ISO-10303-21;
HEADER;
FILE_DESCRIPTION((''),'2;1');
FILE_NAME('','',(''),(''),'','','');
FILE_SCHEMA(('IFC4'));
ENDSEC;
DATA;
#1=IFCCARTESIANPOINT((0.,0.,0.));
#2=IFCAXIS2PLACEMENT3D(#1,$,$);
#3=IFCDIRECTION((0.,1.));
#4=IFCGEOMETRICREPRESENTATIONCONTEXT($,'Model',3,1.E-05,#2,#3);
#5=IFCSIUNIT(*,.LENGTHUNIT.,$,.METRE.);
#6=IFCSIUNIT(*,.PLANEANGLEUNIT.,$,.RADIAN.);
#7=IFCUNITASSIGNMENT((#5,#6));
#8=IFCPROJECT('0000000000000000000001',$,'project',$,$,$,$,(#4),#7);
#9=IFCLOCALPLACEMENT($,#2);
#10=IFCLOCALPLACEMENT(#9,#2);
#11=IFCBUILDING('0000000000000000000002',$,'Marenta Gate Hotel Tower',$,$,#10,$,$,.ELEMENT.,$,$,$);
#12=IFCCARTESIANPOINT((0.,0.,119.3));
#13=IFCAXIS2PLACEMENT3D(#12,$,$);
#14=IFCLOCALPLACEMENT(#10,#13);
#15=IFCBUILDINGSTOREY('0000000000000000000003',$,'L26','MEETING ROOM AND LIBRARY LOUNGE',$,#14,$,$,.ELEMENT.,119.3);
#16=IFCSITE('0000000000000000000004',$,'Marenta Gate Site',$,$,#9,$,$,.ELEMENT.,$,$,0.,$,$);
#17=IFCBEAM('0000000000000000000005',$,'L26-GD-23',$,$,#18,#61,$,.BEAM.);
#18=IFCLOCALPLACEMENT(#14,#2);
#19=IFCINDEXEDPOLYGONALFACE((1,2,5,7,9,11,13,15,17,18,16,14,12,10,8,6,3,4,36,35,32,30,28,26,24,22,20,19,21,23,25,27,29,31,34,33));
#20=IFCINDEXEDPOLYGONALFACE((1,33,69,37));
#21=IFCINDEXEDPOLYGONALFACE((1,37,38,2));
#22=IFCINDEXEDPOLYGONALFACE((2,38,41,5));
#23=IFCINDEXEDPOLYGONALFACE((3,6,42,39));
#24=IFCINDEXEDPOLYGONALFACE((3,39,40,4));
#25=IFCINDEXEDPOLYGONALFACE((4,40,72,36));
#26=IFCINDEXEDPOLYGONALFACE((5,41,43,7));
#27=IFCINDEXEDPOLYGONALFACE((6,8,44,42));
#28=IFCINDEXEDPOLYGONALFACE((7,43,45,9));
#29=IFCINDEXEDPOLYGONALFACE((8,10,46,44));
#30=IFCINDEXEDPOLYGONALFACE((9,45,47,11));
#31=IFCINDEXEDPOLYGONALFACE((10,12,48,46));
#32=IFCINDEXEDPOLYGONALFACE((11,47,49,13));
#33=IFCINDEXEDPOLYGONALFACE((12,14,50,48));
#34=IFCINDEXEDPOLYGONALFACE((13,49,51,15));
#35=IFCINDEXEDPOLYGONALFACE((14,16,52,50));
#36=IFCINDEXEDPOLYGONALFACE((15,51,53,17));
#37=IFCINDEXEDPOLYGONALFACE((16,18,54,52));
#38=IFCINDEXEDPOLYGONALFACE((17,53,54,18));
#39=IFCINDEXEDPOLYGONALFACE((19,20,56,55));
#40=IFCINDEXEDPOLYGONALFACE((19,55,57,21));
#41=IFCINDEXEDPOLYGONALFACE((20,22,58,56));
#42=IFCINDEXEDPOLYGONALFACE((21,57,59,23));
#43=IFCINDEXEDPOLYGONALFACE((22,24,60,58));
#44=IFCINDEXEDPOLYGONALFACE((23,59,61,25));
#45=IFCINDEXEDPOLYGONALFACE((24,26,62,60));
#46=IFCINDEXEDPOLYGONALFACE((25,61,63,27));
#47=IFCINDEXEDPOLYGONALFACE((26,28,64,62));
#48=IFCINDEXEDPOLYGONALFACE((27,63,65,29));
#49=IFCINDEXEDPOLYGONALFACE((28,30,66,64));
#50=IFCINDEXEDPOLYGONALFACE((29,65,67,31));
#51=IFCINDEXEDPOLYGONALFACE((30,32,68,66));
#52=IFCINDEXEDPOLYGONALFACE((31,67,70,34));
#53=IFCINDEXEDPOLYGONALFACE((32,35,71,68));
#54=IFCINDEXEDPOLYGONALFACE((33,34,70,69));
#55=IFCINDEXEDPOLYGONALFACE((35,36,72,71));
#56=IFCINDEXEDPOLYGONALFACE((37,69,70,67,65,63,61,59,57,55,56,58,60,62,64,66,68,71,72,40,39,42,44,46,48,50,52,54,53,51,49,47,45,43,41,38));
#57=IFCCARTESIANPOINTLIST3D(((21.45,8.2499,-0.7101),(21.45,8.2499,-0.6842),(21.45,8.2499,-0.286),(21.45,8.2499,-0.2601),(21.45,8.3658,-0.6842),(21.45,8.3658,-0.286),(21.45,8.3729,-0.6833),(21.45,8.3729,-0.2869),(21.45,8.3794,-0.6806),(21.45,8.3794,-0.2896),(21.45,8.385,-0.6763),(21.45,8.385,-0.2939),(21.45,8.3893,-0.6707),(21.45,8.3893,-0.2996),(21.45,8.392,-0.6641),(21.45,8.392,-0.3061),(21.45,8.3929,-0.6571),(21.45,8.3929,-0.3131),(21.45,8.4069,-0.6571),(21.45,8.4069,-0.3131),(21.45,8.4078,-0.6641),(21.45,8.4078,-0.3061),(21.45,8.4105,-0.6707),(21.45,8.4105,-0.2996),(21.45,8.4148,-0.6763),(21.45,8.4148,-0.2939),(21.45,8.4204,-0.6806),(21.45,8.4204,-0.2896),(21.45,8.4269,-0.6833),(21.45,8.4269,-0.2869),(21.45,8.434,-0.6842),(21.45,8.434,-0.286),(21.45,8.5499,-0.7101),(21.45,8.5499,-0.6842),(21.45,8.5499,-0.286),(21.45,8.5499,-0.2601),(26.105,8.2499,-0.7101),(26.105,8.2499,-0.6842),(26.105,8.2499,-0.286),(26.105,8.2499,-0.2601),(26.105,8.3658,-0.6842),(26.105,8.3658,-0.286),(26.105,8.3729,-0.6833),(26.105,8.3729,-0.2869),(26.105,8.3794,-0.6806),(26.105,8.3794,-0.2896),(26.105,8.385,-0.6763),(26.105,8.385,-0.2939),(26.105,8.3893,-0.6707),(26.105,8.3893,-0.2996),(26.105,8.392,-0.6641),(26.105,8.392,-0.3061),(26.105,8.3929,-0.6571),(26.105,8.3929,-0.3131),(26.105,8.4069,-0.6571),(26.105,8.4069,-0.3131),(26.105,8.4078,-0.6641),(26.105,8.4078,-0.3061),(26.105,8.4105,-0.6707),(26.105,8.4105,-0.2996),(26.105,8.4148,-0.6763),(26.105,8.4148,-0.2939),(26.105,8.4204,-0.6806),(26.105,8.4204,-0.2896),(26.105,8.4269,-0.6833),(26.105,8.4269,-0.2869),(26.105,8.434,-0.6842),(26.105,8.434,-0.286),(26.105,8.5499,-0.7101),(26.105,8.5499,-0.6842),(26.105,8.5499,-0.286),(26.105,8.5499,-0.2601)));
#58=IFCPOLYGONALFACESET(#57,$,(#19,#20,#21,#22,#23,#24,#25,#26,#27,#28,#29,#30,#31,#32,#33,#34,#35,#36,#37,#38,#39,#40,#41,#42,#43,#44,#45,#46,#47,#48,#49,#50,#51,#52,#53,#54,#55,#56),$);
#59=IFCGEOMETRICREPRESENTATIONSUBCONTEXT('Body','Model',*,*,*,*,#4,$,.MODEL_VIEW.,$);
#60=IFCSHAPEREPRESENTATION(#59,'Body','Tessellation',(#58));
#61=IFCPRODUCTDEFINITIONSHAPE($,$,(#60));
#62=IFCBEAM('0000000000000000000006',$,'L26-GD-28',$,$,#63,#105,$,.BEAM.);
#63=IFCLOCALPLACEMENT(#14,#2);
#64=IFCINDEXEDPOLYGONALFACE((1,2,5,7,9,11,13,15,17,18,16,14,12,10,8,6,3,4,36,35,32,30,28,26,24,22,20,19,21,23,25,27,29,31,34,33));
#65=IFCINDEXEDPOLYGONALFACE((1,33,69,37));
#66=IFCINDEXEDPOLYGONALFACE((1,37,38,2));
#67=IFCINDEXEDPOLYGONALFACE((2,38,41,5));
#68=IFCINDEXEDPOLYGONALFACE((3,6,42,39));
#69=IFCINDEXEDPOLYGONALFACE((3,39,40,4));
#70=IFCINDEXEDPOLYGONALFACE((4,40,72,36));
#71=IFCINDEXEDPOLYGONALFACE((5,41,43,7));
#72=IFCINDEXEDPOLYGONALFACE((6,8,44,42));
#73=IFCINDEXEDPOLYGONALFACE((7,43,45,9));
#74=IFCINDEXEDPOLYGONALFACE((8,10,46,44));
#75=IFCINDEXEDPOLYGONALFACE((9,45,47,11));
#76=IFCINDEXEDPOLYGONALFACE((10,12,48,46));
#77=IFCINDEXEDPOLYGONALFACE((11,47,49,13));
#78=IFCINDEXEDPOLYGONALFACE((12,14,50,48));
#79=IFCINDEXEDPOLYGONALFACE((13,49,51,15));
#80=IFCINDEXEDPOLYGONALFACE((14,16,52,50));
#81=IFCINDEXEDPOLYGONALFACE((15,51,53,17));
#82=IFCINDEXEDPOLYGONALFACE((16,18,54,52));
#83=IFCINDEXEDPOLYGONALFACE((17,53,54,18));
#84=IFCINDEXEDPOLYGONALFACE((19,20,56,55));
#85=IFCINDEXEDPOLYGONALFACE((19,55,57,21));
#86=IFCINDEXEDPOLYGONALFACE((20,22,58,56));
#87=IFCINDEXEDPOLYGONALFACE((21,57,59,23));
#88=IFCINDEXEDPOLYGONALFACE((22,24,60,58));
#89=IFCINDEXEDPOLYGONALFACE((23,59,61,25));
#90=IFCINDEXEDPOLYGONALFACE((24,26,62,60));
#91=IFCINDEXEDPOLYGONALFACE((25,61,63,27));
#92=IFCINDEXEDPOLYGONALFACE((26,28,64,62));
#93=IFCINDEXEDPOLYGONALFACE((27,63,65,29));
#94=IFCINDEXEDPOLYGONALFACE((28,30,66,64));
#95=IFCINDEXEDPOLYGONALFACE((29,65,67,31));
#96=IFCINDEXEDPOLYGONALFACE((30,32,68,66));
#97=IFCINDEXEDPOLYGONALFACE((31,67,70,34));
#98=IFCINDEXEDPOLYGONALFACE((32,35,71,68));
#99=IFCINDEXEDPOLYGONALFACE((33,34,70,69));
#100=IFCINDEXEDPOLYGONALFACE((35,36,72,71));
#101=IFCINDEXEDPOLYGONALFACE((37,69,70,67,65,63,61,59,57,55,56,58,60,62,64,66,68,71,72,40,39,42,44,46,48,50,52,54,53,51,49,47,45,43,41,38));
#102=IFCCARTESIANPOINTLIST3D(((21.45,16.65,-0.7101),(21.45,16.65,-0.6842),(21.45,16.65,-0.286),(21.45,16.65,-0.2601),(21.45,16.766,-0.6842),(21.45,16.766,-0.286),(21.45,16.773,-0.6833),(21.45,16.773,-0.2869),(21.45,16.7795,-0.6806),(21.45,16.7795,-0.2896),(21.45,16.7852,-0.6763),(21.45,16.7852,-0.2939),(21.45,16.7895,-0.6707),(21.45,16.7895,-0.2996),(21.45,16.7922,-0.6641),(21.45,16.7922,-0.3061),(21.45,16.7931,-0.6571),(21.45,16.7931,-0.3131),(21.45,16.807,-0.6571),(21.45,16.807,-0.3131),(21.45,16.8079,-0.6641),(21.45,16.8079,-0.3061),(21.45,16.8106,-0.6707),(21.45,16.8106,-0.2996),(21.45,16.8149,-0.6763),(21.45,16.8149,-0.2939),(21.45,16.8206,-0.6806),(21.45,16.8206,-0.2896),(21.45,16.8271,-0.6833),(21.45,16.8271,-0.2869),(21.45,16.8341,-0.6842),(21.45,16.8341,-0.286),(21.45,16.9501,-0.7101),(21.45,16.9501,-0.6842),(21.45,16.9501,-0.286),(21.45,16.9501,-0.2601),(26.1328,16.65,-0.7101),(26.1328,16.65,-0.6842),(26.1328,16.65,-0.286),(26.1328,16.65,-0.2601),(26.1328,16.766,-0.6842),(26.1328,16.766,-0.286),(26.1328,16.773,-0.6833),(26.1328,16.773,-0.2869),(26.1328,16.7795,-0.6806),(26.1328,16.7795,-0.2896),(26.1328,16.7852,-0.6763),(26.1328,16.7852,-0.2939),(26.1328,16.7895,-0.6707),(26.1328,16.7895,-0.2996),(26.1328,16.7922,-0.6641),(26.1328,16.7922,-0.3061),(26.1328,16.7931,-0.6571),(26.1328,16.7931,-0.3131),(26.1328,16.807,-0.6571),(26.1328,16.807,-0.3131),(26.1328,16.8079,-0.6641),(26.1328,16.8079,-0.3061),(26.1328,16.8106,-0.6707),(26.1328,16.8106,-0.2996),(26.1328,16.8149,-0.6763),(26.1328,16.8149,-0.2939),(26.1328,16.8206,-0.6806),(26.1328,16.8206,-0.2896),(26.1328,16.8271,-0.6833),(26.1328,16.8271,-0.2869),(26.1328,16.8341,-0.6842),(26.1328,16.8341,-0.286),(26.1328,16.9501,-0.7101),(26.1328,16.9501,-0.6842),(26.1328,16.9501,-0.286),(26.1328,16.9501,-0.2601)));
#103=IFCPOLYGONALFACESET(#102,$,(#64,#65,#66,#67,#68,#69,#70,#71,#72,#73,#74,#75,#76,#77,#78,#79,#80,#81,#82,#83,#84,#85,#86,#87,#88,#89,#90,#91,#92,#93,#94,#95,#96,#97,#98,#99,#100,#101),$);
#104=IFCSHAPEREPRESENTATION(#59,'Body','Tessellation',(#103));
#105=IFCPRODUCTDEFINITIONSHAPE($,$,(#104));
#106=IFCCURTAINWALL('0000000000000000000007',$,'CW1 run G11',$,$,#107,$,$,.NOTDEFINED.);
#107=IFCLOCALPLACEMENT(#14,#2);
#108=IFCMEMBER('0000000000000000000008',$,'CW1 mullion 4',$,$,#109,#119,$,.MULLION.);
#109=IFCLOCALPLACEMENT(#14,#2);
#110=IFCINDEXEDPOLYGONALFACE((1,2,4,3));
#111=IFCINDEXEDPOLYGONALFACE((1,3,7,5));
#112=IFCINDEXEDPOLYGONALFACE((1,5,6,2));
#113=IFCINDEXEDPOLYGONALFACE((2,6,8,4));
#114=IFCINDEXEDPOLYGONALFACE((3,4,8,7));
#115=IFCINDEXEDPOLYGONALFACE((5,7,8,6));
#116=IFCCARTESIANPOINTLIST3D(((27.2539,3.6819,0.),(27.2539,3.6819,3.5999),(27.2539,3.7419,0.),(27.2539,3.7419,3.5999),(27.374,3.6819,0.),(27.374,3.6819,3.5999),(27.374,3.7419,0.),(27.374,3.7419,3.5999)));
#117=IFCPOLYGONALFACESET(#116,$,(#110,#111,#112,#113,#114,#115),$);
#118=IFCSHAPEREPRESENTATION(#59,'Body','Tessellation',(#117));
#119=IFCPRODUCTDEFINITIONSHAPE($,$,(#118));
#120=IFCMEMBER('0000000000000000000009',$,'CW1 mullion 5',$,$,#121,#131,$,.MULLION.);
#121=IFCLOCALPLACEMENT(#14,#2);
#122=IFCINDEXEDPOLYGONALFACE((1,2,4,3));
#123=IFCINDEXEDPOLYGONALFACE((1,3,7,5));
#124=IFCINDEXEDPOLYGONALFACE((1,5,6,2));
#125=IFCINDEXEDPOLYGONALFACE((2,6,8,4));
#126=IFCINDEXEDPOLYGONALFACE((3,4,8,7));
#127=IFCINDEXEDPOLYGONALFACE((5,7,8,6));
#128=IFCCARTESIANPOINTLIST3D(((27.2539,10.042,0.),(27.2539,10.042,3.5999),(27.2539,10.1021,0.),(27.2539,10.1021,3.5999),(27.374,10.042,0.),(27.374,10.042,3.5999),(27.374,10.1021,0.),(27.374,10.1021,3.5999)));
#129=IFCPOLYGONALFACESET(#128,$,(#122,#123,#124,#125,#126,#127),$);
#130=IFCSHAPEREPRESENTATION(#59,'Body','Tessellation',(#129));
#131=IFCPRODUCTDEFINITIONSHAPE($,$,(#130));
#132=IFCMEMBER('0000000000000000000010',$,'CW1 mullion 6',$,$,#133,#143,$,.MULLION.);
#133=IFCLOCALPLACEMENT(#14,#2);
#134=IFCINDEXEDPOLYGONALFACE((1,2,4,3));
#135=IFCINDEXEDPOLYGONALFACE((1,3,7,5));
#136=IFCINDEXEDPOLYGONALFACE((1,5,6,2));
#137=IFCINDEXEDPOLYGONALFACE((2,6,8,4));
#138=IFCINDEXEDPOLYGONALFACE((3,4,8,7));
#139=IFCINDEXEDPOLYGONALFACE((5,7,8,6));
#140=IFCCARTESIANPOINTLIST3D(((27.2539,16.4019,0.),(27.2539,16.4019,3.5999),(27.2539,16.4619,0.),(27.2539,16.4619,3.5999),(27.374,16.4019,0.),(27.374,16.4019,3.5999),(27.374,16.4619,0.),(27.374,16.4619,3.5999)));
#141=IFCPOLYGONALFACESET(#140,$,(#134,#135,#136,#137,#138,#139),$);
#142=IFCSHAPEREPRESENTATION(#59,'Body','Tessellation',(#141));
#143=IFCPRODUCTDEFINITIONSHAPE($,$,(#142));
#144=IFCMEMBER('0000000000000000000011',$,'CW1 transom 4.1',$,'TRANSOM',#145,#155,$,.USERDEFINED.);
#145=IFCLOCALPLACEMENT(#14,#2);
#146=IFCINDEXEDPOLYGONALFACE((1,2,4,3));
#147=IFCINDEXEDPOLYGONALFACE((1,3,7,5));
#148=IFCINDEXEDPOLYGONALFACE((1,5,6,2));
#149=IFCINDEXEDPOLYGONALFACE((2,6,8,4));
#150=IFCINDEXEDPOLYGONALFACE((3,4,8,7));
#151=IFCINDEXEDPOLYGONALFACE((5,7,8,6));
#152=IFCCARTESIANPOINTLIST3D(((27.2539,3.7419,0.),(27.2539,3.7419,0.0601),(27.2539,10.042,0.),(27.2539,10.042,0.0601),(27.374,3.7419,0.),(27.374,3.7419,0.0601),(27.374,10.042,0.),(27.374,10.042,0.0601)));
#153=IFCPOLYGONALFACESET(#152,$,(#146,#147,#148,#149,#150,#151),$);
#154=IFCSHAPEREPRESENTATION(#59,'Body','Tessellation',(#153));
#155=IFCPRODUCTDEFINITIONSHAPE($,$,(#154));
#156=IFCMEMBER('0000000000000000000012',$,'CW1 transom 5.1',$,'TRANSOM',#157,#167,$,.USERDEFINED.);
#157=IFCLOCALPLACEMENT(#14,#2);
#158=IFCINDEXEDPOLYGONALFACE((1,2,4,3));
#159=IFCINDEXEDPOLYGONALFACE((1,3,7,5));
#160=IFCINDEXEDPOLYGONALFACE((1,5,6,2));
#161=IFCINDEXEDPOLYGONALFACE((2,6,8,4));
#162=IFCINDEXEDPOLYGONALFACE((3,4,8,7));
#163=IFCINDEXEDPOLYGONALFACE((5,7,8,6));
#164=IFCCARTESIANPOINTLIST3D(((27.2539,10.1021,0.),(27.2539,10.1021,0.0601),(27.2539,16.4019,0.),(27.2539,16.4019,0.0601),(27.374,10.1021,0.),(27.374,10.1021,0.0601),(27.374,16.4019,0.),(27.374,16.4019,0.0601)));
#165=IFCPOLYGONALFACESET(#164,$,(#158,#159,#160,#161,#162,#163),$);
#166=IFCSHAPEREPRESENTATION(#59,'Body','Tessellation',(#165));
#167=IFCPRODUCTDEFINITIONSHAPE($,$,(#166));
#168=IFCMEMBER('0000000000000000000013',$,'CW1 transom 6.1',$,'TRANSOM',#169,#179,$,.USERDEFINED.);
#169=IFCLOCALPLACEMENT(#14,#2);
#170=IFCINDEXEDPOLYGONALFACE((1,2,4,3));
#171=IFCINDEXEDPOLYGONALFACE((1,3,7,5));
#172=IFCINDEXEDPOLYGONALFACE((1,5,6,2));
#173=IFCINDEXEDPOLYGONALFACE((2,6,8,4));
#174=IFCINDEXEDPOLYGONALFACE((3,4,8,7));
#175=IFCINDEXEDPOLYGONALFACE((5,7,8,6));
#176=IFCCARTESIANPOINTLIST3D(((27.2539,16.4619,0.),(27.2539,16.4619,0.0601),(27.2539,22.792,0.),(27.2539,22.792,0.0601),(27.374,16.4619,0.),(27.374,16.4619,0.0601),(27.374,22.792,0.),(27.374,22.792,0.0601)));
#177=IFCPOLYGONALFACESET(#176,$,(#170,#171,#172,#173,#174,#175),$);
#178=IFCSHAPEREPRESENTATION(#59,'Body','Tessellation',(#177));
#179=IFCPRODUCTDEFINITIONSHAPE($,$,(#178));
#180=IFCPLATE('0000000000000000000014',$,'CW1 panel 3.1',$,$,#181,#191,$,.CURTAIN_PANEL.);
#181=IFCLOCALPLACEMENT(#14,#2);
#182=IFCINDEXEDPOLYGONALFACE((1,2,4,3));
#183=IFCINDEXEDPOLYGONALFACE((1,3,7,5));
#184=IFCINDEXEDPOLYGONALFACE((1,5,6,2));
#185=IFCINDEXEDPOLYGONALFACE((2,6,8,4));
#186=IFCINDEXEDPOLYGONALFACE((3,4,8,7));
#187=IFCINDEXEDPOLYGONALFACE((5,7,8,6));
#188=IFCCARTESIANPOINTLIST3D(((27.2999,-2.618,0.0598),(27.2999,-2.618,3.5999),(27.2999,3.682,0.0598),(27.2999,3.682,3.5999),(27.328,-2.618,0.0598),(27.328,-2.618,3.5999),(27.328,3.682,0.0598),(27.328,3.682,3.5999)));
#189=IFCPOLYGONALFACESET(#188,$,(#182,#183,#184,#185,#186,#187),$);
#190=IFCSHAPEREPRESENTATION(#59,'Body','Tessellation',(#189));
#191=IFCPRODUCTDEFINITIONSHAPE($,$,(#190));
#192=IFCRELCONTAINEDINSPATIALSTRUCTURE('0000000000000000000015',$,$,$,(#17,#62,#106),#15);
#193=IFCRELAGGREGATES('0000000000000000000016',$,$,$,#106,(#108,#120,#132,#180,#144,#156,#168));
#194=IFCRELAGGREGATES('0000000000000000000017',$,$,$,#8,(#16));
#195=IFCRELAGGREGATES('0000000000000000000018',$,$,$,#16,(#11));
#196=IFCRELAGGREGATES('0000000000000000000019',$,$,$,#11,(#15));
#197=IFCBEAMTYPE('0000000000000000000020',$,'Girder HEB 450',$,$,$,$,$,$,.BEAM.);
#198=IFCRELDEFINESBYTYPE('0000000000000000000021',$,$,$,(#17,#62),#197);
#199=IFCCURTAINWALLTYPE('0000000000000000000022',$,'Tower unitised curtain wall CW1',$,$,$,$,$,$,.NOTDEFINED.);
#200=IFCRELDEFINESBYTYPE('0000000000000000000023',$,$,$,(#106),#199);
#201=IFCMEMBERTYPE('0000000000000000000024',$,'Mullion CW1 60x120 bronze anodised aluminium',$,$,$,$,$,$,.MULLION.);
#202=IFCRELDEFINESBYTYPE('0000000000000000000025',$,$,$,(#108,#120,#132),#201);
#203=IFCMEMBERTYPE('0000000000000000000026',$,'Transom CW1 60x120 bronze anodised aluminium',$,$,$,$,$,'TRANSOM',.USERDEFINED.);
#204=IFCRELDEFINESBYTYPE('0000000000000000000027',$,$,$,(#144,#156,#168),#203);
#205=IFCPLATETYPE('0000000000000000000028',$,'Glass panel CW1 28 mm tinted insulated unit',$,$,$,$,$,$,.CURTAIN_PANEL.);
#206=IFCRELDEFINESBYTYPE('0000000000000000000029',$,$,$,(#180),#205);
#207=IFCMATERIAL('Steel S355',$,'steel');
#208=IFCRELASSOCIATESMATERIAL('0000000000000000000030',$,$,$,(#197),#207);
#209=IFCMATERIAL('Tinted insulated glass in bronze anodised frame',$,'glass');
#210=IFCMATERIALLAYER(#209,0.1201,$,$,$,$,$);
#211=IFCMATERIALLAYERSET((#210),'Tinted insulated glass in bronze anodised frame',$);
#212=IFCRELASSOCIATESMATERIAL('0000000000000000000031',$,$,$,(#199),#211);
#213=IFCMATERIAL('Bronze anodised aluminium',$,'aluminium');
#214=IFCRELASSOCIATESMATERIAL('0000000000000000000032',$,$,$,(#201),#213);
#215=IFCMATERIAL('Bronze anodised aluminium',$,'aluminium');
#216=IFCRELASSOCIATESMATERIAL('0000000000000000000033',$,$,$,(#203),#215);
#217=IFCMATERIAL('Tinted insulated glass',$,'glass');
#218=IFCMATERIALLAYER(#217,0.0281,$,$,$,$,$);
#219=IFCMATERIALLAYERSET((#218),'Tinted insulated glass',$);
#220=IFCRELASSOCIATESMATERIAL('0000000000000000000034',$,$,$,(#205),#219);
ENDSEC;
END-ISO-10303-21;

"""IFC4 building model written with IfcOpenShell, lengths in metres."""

from ifc_helpers import new_model, si_unit, direction, frame, origin, origin_2d, place, context, subcontext, project, spatial, rectangle, i_section, extrude, material, layer, layer_set, material_profile, profile_set, type_object, element, aggregate, save


model = new_model("IFC4")

# Units and contexts
model_context = context("Model", 3, precision=1e-05, world=origin(), true_north=direction((0.0, 1.0)))
body_context = subcontext(model_context, "Body", "Model", "MODEL_VIEW")
ifc_project = project(units=[si_unit("LENGTHUNIT", "METRE"), si_unit("PLANEANGLEUNIT", "RADIAN")], contexts=[model_context])

# Site, building, storey
site_placement = place(None, origin())
site = spatial("IfcSite", under=ifc_project, at=site_placement, Name="Marenta Gate Site", CompositionType="ELEMENT", RefElevation=0.0)
building_placement = place(site_placement, origin())
building = spatial("IfcBuilding", under=site, at=building_placement, Name="Marenta Gate Hotel Tower", CompositionType="ELEMENT")
storey_placement = place(building_placement, frame((0.0, 0.0, 119.3)))
storey = spatial("IfcBuildingStorey", under=building, at=storey_placement, Name="L26", Description="MEETING ROOM AND LIBRARY LOUNGE", CompositionType="ELEMENT", Elevation=119.3)

# Beams
ifc_material_1 = material(Name="Steel S355", Category="steel")
ifc_material_profile_1 = material_profile(ifc_material_1, i_section(OverallWidth=0.3, OverallDepth=0.45, WebThickness=0.0139, FlangeThickness=0.0259, FilletRadius=0.0271, at=origin_2d()), Name="HEB 450")
ifc_profile_set_1 = profile_set([ifc_material_profile_1], Name="Steel S355")
beam_type_1 = type_object("IfcBeamType", Name="Girder HEB 450", PredefinedType="BEAM", material=ifc_profile_set_1)
beam_1_placement = place(storey_placement, frame((21.45, 8.3999, -0.4851), z_axis=(1.0, 0.0, 0.0), x_axis=(0.0, 1.0, 0.0)))
element("IfcBeam", 1, at=beam_1_placement, inside=storey, type_object=beam_type_1, Name="L26-GD-23", PredefinedType="BEAM", context=body_context, shape_type="SweptSolid", body=[
    extrude(i_section(OverallWidth=0.3, OverallDepth=0.45, WebThickness=0.0139, FlangeThickness=0.0259, FilletRadius=0.0271, at=origin_2d()), origin(), (0.0, 0.0, 1.0), 4.655),
])
beam_2_placement = place(storey_placement, frame((21.45, 16.8, -0.4851), z_axis=(1.0, 0.0, 0.0), x_axis=(0.0, 1.0, 0.0)))
element("IfcBeam", 2, at=beam_2_placement, inside=storey, type_object=beam_type_1, Name="L26-GD-28", PredefinedType="BEAM", context=body_context, shape_type="SweptSolid", body=[
    extrude(i_section(OverallWidth=0.3, OverallDepth=0.45, WebThickness=0.0139, FlangeThickness=0.0259, FilletRadius=0.0271, at=origin_2d()), origin(), (0.0, 0.0, 1.0), 4.6829),
])

# Curtain wall, members, plate
ifc_material_2 = material(Name="Tinted insulated glass in bronze anodised frame", Category="glass")
ifc_layer_1 = layer(ifc_material_2, 0.1201)
ifc_layer_set_1 = layer_set([ifc_layer_1], Name="Tinted insulated glass in bronze anodised frame")
curtain_wall_type = type_object("IfcCurtainWallType", Name="Tower unitised curtain wall CW1", PredefinedType="NOTDEFINED", material=ifc_layer_set_1)
curtain_wall_placement = place(storey_placement, origin())
curtain_wall = element("IfcCurtainWall", 3, at=curtain_wall_placement, inside=storey, type_object=curtain_wall_type, Name="CW1 run G11", PredefinedType="NOTDEFINED")
ifc_material_3 = material(Name="Bronze anodised aluminium", Category="aluminium")
ifc_material_profile_2 = material_profile(ifc_material_3, rectangle(XDim=0.1201, YDim=0.0601, at=origin_2d()), Name="Mullion CW1 60x120 bronze anodised aluminium")
ifc_profile_set_2 = profile_set([ifc_material_profile_2], Name="Bronze anodised aluminium")
member_type_1 = type_object("IfcMemberType", Name="Mullion CW1 60x120 bronze anodised aluminium", PredefinedType="MULLION", material=ifc_profile_set_2)
member_1_placement = place(storey_placement, frame((27.314, 3.7119, 0.0), z_axis=(0.0, 0.0, 1.0), x_axis=(-1.0, 0.0, 0.0)))
member_1 = element("IfcMember", 4, at=member_1_placement, type_object=member_type_1, Name="CW1 mullion 4", PredefinedType="MULLION", context=body_context, shape_type="SweptSolid", body=[
    extrude(rectangle(XDim=0.1201, YDim=0.0601, at=origin_2d()), origin(), (0.0, 0.0, 1.0), 3.5999),
])
member_2_placement = place(storey_placement, frame((27.314, 10.072, 0.0), z_axis=(0.0, 0.0, 1.0), x_axis=(-1.0, 0.0, 0.0)))
member_2 = element("IfcMember", 5, at=member_2_placement, type_object=member_type_1, Name="CW1 mullion 5", PredefinedType="MULLION", context=body_context, shape_type="SweptSolid", body=[
    extrude(rectangle(XDim=0.1201, YDim=0.0601, at=origin_2d()), origin(), (0.0, 0.0, 1.0), 3.5999),
])
member_3_placement = place(storey_placement, frame((27.314, 16.4319, 0.0), z_axis=(0.0, 0.0, 1.0), x_axis=(-1.0, 0.0, 0.0)))
member_3 = element("IfcMember", 6, at=member_3_placement, type_object=member_type_1, Name="CW1 mullion 6", PredefinedType="MULLION", context=body_context, shape_type="SweptSolid", body=[
    extrude(rectangle(XDim=0.1201, YDim=0.0601, at=origin_2d()), origin(), (0.0, 0.0, 1.0), 3.5999),
])
ifc_material_4 = material(Name="Bronze anodised aluminium", Category="aluminium")
ifc_material_profile_3 = material_profile(ifc_material_4, rectangle(XDim=0.1201, YDim=0.0601, at=origin_2d()), Name="Transom CW1 60x120 bronze anodised aluminium")
ifc_profile_set_3 = profile_set([ifc_material_profile_3], Name="Bronze anodised aluminium")
member_type_2 = type_object("IfcMemberType", Name="Transom CW1 60x120 bronze anodised aluminium", ElementType="TRANSOM", PredefinedType="USERDEFINED", material=ifc_profile_set_3)
member_4_placement = place(storey_placement, frame((27.314, 3.7419, 0.03), z_axis=(0.0, 1.0, 0.0), x_axis=(-1.0, 0.0, 0.0)))
member_4 = element("IfcMember", 7, at=member_4_placement, type_object=member_type_2, Name="CW1 transom 4.1", ObjectType="TRANSOM", PredefinedType="USERDEFINED", context=body_context, shape_type="SweptSolid", body=[
    extrude(rectangle(XDim=0.1201, YDim=0.0601, at=origin_2d()), origin(), (0.0, 0.0, 1.0), 6.3),
])
member_5_placement = place(storey_placement, frame((27.314, 10.1021, 0.03), z_axis=(0.0, 1.0, 0.0), x_axis=(-1.0, 0.0, 0.0)))
member_5 = element("IfcMember", 8, at=member_5_placement, type_object=member_type_2, Name="CW1 transom 5.1", ObjectType="TRANSOM", PredefinedType="USERDEFINED", context=body_context, shape_type="SweptSolid", body=[
    extrude(rectangle(XDim=0.1201, YDim=0.0601, at=origin_2d()), origin(), (0.0, 0.0, 1.0), 6.2998),
])
member_6_placement = place(storey_placement, frame((27.314, 16.4619, 0.03), z_axis=(0.0, 1.0, 0.0), x_axis=(-1.0, 0.0, 0.0)))
member_6 = element("IfcMember", 9, at=member_6_placement, type_object=member_type_2, Name="CW1 transom 6.1", ObjectType="TRANSOM", PredefinedType="USERDEFINED", context=body_context, shape_type="SweptSolid", body=[
    extrude(rectangle(XDim=0.1201, YDim=0.0601, at=origin_2d()), origin(), (0.0, 0.0, 1.0), 6.3301),
])
ifc_material_5 = material(Name="Tinted insulated glass", Category="glass")
ifc_layer_2 = layer(ifc_material_5, 0.0281)
ifc_layer_set_2 = layer_set([ifc_layer_2], Name="Tinted insulated glass")
plate_type = type_object("IfcPlateType", Name="Glass panel CW1 28 mm tinted insulated unit", PredefinedType="CURTAIN_PANEL", material=ifc_layer_set_2)
plate_1_placement = place(storey_placement, frame((27.314, 0.532, 0.0598), z_axis=(0.0, 0.0, 1.0), x_axis=(0.0, 1.0, 0.0)))
plate_1 = element("IfcPlate", 10, at=plate_1_placement, type_object=plate_type, Name="CW1 panel 3.1", PredefinedType="CURTAIN_PANEL", context=body_context, shape_type="SweptSolid", body=[
    extrude(rectangle(XDim=6.3, YDim=0.0281, at=origin_2d()), origin(), (0.0, 0.0, 1.0), 3.54),
])
aggregate(curtain_wall, [member_1, member_2, member_3, plate_1, member_4, member_5, member_6])

save(model, "model.ifc")
